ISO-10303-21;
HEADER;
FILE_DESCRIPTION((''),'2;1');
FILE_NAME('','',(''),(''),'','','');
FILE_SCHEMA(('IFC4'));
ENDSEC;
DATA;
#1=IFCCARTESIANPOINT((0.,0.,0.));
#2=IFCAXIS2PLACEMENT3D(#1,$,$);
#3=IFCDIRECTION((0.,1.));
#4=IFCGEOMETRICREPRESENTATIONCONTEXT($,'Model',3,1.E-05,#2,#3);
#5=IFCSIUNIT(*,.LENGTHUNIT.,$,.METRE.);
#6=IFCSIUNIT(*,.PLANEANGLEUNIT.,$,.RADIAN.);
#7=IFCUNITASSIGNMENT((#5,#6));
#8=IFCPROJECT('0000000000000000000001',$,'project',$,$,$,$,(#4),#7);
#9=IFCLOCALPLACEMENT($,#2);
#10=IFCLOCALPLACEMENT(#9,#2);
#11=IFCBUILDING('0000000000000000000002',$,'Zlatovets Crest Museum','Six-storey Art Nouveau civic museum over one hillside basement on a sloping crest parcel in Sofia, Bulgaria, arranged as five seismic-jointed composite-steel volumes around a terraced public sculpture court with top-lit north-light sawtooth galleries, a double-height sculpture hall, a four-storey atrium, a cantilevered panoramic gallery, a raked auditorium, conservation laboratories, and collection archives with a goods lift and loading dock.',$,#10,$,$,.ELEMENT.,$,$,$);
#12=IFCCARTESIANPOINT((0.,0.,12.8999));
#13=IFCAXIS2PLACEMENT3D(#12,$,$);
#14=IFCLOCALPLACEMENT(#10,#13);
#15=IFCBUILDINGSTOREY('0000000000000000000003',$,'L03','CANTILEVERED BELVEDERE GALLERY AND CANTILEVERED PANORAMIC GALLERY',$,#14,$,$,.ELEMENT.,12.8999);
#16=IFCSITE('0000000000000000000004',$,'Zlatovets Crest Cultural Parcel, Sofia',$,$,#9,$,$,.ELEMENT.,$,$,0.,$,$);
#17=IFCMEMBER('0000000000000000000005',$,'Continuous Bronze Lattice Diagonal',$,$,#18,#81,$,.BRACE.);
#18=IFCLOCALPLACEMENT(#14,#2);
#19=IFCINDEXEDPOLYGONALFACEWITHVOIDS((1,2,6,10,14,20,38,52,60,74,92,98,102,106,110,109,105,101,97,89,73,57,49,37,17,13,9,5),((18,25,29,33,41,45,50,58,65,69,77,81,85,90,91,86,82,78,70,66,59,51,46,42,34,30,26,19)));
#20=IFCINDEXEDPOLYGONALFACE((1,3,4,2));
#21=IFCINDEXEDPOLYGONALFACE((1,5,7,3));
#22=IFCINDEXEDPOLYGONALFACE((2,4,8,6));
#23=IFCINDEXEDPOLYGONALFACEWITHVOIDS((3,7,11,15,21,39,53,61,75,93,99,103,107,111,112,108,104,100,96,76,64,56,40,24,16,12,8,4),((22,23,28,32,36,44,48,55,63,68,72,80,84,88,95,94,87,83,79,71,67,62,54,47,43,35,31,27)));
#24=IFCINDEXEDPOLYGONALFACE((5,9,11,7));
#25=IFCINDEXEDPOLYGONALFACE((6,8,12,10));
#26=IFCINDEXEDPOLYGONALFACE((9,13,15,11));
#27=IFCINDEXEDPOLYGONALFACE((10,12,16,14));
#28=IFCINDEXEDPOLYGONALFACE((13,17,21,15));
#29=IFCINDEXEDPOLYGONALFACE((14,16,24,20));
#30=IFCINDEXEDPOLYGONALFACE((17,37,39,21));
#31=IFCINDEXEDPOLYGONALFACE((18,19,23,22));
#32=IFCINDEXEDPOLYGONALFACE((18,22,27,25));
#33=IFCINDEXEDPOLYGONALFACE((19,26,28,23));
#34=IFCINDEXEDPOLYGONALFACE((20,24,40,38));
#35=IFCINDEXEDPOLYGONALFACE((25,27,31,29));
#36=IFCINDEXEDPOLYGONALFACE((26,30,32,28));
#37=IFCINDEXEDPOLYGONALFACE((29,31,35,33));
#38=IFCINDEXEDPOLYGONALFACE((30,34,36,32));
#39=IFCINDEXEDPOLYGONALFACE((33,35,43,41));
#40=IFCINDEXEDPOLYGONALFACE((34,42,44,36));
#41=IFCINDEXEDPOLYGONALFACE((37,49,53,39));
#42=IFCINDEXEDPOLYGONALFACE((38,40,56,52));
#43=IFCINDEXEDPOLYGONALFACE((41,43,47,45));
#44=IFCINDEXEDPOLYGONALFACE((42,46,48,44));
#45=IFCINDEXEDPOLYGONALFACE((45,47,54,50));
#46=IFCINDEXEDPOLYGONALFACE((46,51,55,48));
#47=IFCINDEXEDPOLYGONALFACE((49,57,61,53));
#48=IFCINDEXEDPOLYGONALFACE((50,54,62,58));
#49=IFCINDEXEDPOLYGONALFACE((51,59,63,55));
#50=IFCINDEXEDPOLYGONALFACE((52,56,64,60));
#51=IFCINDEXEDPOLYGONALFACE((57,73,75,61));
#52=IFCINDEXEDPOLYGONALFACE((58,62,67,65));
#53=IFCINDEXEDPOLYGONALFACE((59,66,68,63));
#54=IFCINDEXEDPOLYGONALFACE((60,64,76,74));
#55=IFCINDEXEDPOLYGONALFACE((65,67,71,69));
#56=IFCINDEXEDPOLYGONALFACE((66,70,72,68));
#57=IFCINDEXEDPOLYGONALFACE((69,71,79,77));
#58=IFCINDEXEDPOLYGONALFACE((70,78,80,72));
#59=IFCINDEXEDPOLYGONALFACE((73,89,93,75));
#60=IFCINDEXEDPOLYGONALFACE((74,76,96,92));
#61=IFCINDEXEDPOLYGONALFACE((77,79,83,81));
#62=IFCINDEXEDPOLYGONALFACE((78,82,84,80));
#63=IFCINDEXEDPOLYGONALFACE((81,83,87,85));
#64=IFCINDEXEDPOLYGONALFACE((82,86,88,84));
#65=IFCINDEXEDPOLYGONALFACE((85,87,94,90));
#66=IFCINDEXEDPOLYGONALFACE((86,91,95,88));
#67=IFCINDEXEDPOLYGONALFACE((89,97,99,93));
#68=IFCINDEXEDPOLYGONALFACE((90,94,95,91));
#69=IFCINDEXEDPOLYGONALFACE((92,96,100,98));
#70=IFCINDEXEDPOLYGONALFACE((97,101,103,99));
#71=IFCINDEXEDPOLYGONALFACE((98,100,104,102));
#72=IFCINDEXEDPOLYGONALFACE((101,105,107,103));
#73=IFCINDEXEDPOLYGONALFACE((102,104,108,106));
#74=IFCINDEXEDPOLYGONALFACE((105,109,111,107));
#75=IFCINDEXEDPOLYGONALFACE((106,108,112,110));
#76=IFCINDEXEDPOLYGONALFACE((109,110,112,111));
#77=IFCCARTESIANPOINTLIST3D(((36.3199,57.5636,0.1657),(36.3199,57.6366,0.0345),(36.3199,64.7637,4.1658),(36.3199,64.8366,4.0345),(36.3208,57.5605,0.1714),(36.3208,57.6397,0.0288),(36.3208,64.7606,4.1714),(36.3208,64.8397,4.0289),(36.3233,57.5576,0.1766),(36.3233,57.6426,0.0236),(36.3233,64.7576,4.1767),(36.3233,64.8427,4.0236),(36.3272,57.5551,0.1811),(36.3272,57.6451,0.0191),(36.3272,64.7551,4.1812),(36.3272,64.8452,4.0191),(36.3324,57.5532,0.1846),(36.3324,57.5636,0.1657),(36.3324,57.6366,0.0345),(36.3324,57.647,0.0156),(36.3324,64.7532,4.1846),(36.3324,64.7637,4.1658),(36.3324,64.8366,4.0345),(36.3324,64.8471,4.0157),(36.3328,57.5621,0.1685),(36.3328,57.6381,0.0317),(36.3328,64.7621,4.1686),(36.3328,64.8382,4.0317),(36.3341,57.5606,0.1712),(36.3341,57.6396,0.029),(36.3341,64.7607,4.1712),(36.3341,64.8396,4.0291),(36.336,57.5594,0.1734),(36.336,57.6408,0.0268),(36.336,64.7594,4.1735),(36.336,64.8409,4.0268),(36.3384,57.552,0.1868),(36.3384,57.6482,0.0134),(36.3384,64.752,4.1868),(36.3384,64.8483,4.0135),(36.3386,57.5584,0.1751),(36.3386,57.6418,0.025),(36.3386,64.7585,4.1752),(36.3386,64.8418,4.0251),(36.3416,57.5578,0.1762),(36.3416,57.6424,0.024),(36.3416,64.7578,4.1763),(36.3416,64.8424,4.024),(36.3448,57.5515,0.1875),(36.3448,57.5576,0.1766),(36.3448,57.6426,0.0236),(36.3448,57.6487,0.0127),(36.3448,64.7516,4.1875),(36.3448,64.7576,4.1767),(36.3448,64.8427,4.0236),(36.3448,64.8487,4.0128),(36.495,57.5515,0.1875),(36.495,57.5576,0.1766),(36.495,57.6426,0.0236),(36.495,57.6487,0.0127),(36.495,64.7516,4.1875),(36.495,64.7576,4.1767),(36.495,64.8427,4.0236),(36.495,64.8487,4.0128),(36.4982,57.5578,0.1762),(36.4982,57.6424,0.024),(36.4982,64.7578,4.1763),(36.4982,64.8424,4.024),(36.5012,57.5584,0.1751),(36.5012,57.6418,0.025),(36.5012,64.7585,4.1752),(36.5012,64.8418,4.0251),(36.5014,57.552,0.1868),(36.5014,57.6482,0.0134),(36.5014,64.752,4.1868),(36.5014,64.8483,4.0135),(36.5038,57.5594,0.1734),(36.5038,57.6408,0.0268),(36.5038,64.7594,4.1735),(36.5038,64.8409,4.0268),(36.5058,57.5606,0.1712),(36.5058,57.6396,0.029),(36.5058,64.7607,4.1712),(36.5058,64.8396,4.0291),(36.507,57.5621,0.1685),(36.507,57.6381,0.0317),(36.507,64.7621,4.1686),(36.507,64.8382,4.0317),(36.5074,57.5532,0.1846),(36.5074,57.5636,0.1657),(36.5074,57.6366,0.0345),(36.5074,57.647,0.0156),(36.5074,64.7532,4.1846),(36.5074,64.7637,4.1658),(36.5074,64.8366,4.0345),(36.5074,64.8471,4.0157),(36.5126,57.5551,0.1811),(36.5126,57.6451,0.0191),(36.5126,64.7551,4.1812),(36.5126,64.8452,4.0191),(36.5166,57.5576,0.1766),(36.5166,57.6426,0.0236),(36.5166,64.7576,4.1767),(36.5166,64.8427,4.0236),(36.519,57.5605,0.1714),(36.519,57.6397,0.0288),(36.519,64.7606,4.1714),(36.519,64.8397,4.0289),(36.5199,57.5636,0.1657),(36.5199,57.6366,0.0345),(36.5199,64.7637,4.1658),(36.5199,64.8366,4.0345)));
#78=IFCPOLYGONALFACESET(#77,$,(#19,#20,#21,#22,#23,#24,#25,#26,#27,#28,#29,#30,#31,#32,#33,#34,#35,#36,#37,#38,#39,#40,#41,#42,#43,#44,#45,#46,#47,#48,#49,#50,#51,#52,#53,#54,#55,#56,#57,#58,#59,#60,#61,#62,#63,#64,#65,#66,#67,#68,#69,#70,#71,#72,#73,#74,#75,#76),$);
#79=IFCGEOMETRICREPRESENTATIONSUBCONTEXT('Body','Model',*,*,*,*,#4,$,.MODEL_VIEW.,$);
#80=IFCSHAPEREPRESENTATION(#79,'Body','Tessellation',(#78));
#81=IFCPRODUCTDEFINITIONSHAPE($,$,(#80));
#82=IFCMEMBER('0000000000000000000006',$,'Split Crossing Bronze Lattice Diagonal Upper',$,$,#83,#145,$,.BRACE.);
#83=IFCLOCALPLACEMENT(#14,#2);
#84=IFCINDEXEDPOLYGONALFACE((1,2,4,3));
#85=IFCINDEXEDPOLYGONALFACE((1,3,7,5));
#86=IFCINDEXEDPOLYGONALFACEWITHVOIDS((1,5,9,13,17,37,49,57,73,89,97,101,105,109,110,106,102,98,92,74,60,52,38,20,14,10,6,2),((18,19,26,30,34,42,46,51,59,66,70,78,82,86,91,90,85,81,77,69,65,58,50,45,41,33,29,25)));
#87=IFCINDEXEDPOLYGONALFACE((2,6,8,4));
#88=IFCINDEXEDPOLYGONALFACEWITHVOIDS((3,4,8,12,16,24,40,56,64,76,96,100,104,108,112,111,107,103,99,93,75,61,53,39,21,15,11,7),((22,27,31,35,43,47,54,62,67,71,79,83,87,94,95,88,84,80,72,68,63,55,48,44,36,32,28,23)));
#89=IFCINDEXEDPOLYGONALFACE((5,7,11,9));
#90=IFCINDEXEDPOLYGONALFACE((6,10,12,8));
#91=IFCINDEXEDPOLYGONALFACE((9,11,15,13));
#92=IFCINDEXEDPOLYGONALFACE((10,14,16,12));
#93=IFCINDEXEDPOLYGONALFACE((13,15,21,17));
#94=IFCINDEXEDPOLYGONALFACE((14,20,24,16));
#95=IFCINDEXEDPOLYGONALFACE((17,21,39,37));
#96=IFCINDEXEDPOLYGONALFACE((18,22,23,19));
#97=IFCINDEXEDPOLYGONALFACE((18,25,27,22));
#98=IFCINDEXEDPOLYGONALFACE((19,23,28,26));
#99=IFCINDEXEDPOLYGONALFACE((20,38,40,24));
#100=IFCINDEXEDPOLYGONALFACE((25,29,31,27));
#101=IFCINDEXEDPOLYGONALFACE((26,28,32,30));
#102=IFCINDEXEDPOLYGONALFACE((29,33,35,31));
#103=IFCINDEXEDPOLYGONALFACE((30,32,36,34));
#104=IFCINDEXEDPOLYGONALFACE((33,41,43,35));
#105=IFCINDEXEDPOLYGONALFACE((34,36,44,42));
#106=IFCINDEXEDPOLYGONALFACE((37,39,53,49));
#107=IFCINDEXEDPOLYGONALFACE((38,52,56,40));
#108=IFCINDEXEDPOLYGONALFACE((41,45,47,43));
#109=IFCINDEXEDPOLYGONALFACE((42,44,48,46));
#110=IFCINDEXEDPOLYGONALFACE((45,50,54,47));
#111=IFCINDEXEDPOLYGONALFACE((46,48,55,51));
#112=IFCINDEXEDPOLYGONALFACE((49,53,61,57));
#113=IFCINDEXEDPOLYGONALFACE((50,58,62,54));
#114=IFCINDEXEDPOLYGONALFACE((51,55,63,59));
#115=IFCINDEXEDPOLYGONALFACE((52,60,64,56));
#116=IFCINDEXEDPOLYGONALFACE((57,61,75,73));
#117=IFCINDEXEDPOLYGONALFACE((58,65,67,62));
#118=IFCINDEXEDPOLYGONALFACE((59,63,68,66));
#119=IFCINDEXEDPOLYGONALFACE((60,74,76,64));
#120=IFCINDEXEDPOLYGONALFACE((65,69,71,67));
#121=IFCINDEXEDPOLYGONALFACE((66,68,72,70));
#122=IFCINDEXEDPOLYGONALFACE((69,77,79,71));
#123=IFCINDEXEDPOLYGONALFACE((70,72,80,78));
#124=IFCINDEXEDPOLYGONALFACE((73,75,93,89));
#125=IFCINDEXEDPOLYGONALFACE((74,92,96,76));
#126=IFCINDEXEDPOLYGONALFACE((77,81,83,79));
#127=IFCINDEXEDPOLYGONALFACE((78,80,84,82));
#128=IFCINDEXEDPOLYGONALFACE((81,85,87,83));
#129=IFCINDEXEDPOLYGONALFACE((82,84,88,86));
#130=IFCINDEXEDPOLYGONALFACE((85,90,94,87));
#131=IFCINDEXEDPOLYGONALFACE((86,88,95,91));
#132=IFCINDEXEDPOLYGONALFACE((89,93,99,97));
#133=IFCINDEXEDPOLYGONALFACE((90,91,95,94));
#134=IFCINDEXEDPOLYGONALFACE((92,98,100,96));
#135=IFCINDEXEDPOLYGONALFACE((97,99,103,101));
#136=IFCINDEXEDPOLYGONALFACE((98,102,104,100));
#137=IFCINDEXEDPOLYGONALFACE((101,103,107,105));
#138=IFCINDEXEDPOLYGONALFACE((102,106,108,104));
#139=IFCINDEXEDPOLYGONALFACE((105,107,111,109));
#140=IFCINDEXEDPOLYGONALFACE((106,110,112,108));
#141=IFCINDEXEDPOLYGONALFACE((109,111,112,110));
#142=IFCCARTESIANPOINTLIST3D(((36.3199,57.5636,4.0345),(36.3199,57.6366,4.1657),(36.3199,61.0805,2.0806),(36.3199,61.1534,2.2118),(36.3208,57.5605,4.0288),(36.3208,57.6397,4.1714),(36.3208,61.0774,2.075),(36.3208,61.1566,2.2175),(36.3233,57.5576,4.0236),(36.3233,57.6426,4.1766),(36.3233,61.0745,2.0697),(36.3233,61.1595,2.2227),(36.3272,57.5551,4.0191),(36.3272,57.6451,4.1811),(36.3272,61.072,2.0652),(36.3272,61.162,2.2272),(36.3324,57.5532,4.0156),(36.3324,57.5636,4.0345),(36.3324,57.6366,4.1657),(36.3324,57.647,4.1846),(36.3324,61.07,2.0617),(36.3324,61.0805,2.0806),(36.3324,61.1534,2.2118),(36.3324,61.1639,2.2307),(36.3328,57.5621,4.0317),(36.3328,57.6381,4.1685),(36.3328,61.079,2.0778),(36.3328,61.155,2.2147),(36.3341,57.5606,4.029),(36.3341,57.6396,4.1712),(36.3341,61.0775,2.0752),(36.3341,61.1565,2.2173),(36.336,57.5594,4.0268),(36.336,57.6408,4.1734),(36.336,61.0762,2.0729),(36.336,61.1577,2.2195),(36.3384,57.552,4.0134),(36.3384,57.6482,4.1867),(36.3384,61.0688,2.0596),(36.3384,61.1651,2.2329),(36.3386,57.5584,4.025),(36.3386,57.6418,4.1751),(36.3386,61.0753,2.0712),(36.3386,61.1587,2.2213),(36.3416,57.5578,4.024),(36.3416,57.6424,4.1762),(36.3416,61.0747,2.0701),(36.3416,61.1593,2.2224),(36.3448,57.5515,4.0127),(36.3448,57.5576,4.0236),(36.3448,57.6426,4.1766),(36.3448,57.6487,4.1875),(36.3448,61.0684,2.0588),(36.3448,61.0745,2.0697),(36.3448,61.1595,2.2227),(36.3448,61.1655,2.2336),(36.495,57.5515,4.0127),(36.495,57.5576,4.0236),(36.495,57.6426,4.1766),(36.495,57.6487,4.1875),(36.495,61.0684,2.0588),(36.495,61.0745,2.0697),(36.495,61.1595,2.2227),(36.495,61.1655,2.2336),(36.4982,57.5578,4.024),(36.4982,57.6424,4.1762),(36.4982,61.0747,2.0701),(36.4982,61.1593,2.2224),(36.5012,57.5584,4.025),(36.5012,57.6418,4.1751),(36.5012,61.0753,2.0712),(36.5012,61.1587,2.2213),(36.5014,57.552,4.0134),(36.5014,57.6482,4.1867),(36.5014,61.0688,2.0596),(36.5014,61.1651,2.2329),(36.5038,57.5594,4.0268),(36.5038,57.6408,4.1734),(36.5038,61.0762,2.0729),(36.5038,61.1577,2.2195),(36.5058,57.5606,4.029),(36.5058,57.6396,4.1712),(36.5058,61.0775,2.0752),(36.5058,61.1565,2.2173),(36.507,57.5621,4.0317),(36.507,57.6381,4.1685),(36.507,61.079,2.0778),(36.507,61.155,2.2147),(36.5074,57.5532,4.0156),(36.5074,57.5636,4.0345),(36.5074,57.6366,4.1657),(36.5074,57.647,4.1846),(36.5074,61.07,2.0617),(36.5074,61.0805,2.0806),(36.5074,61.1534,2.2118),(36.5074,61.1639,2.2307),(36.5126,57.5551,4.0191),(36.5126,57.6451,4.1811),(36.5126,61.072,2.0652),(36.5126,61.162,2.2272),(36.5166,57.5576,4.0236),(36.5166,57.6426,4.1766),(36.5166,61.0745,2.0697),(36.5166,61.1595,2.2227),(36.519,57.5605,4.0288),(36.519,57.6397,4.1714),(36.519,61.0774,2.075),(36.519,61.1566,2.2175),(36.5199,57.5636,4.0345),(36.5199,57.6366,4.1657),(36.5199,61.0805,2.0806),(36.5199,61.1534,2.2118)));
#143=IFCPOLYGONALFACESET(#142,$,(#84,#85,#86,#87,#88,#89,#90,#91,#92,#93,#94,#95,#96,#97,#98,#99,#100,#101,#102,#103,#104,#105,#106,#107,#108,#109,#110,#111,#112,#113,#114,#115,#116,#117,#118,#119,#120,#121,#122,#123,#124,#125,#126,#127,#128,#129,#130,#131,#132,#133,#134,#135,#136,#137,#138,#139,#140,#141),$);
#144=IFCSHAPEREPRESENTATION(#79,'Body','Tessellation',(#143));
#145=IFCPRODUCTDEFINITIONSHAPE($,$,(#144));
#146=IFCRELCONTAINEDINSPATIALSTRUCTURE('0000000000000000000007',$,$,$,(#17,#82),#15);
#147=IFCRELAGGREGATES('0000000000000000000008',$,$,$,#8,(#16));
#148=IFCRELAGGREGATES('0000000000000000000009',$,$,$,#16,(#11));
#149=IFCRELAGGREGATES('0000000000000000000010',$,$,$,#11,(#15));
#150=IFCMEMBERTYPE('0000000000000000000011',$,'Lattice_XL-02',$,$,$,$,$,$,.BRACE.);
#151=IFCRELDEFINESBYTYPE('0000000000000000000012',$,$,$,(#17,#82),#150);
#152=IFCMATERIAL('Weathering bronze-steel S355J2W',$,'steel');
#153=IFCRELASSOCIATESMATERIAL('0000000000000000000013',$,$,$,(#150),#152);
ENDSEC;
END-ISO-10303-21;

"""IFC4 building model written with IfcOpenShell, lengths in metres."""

from ifc_helpers import new_model, si_unit, direction, frame, origin, origin_2d, place, context, subcontext, project, spatial, hollow_rectangle, extrude, material, material_profile, profile_set, type_object, element, save


model = new_model("IFC4")

# Units and contexts
model_context = context("Model", 3, precision=1e-05, world=origin(), true_north=direction((0.0, 1.0)))
body_context = subcontext(model_context, "Body", "Model", "MODEL_VIEW")
ifc_project = project(units=[si_unit("LENGTHUNIT", "METRE"), si_unit("PLANEANGLEUNIT", "RADIAN")], contexts=[model_context])

# Site, building, storey
site_placement = place(None, origin())
site = spatial("IfcSite", under=ifc_project, at=site_placement, Name="Zlatovets Crest Cultural Parcel, Sofia", CompositionType="ELEMENT", RefElevation=0.0)
building_placement = place(site_placement, origin())
building = spatial("IfcBuilding", under=site, at=building_placement, Name="Zlatovets Crest Museum", Description="Six-storey Art Nouveau civic museum over one hillside basement on a sloping crest parcel in Sofia, Bulgaria, arranged as five seismic-jointed composite-steel volumes around a terraced public sculpture court with top-lit north-light sawtooth galleries, a double-height sculpture hall, a four-storey atrium, a cantilevered panoramic gallery, a raked auditorium, conservation laboratories, and collection archives with a goods lift and loading dock.", CompositionType="ELEMENT")
storey_placement = place(building_placement, frame((0.0, 0.0, 12.8999)))
storey = spatial("IfcBuildingStorey", under=building, at=storey_placement, Name="L03", Description="CANTILEVERED BELVEDERE GALLERY AND CANTILEVERED PANORAMIC GALLERY", CompositionType="ELEMENT", Elevation=12.8999)

# Members
ifc_material_1 = material(Name="Weathering bronze-steel S355J2W", Category="steel")
ifc_material_profile_1 = material_profile(ifc_material_1, hollow_rectangle(XDim=0.2, YDim=0.2, WallThickness=0.0125, InnerFilletRadius=0.0125, OuterFilletRadius=0.0249, at=origin_2d()), Name="SHS 200x200x12.5")
ifc_profile_set_1 = profile_set([ifc_material_profile_1], Name="Weathering bronze-steel S355J2W")
member_type_1 = type_object("IfcMemberType", Name="Lattice_XL-02", PredefinedType="BRACE", material=ifc_profile_set_1)
member_1_placement = place(storey_placement, frame((36.4199, 57.6001, 0.1001), z_axis=(0.0, 0.874156, 0.485645), x_axis=(-1.0, 0.0, 0.0)))
element("IfcMember", 1, at=member_1_placement, inside=storey, type_object=member_type_1, Name="Continuous Bronze Lattice Diagonal", PredefinedType="BRACE", context=body_context, shape_type="SweptSolid", body=[
    extrude(hollow_rectangle(XDim=0.2, YDim=0.2, WallThickness=0.0125, InnerFilletRadius=0.0125, OuterFilletRadius=0.0249, at=origin_2d()), origin(), (0.0, 0.0, 1.0), 8.2366),
])
member_2_placement = place(storey_placement, frame((36.4199, 57.6001, 4.1001), z_axis=(0.0, 0.874152, -0.485653), x_axis=(-1.0, 0.0, 0.0)))
element("IfcMember", 2, at=member_2_placement, inside=storey, type_object=member_type_1, Name="Split Crossing Bronze Lattice Diagonal Upper", PredefinedType="BRACE", context=body_context, shape_type="SweptSolid", body=[
    extrude(hollow_rectangle(XDim=0.2, YDim=0.2, WallThickness=0.0125, InnerFilletRadius=0.0125, OuterFilletRadius=0.0249, at=origin_2d()), origin(), (0.0, 0.0, 1.0), 4.0232),
])

save(model, "model.ifc")
